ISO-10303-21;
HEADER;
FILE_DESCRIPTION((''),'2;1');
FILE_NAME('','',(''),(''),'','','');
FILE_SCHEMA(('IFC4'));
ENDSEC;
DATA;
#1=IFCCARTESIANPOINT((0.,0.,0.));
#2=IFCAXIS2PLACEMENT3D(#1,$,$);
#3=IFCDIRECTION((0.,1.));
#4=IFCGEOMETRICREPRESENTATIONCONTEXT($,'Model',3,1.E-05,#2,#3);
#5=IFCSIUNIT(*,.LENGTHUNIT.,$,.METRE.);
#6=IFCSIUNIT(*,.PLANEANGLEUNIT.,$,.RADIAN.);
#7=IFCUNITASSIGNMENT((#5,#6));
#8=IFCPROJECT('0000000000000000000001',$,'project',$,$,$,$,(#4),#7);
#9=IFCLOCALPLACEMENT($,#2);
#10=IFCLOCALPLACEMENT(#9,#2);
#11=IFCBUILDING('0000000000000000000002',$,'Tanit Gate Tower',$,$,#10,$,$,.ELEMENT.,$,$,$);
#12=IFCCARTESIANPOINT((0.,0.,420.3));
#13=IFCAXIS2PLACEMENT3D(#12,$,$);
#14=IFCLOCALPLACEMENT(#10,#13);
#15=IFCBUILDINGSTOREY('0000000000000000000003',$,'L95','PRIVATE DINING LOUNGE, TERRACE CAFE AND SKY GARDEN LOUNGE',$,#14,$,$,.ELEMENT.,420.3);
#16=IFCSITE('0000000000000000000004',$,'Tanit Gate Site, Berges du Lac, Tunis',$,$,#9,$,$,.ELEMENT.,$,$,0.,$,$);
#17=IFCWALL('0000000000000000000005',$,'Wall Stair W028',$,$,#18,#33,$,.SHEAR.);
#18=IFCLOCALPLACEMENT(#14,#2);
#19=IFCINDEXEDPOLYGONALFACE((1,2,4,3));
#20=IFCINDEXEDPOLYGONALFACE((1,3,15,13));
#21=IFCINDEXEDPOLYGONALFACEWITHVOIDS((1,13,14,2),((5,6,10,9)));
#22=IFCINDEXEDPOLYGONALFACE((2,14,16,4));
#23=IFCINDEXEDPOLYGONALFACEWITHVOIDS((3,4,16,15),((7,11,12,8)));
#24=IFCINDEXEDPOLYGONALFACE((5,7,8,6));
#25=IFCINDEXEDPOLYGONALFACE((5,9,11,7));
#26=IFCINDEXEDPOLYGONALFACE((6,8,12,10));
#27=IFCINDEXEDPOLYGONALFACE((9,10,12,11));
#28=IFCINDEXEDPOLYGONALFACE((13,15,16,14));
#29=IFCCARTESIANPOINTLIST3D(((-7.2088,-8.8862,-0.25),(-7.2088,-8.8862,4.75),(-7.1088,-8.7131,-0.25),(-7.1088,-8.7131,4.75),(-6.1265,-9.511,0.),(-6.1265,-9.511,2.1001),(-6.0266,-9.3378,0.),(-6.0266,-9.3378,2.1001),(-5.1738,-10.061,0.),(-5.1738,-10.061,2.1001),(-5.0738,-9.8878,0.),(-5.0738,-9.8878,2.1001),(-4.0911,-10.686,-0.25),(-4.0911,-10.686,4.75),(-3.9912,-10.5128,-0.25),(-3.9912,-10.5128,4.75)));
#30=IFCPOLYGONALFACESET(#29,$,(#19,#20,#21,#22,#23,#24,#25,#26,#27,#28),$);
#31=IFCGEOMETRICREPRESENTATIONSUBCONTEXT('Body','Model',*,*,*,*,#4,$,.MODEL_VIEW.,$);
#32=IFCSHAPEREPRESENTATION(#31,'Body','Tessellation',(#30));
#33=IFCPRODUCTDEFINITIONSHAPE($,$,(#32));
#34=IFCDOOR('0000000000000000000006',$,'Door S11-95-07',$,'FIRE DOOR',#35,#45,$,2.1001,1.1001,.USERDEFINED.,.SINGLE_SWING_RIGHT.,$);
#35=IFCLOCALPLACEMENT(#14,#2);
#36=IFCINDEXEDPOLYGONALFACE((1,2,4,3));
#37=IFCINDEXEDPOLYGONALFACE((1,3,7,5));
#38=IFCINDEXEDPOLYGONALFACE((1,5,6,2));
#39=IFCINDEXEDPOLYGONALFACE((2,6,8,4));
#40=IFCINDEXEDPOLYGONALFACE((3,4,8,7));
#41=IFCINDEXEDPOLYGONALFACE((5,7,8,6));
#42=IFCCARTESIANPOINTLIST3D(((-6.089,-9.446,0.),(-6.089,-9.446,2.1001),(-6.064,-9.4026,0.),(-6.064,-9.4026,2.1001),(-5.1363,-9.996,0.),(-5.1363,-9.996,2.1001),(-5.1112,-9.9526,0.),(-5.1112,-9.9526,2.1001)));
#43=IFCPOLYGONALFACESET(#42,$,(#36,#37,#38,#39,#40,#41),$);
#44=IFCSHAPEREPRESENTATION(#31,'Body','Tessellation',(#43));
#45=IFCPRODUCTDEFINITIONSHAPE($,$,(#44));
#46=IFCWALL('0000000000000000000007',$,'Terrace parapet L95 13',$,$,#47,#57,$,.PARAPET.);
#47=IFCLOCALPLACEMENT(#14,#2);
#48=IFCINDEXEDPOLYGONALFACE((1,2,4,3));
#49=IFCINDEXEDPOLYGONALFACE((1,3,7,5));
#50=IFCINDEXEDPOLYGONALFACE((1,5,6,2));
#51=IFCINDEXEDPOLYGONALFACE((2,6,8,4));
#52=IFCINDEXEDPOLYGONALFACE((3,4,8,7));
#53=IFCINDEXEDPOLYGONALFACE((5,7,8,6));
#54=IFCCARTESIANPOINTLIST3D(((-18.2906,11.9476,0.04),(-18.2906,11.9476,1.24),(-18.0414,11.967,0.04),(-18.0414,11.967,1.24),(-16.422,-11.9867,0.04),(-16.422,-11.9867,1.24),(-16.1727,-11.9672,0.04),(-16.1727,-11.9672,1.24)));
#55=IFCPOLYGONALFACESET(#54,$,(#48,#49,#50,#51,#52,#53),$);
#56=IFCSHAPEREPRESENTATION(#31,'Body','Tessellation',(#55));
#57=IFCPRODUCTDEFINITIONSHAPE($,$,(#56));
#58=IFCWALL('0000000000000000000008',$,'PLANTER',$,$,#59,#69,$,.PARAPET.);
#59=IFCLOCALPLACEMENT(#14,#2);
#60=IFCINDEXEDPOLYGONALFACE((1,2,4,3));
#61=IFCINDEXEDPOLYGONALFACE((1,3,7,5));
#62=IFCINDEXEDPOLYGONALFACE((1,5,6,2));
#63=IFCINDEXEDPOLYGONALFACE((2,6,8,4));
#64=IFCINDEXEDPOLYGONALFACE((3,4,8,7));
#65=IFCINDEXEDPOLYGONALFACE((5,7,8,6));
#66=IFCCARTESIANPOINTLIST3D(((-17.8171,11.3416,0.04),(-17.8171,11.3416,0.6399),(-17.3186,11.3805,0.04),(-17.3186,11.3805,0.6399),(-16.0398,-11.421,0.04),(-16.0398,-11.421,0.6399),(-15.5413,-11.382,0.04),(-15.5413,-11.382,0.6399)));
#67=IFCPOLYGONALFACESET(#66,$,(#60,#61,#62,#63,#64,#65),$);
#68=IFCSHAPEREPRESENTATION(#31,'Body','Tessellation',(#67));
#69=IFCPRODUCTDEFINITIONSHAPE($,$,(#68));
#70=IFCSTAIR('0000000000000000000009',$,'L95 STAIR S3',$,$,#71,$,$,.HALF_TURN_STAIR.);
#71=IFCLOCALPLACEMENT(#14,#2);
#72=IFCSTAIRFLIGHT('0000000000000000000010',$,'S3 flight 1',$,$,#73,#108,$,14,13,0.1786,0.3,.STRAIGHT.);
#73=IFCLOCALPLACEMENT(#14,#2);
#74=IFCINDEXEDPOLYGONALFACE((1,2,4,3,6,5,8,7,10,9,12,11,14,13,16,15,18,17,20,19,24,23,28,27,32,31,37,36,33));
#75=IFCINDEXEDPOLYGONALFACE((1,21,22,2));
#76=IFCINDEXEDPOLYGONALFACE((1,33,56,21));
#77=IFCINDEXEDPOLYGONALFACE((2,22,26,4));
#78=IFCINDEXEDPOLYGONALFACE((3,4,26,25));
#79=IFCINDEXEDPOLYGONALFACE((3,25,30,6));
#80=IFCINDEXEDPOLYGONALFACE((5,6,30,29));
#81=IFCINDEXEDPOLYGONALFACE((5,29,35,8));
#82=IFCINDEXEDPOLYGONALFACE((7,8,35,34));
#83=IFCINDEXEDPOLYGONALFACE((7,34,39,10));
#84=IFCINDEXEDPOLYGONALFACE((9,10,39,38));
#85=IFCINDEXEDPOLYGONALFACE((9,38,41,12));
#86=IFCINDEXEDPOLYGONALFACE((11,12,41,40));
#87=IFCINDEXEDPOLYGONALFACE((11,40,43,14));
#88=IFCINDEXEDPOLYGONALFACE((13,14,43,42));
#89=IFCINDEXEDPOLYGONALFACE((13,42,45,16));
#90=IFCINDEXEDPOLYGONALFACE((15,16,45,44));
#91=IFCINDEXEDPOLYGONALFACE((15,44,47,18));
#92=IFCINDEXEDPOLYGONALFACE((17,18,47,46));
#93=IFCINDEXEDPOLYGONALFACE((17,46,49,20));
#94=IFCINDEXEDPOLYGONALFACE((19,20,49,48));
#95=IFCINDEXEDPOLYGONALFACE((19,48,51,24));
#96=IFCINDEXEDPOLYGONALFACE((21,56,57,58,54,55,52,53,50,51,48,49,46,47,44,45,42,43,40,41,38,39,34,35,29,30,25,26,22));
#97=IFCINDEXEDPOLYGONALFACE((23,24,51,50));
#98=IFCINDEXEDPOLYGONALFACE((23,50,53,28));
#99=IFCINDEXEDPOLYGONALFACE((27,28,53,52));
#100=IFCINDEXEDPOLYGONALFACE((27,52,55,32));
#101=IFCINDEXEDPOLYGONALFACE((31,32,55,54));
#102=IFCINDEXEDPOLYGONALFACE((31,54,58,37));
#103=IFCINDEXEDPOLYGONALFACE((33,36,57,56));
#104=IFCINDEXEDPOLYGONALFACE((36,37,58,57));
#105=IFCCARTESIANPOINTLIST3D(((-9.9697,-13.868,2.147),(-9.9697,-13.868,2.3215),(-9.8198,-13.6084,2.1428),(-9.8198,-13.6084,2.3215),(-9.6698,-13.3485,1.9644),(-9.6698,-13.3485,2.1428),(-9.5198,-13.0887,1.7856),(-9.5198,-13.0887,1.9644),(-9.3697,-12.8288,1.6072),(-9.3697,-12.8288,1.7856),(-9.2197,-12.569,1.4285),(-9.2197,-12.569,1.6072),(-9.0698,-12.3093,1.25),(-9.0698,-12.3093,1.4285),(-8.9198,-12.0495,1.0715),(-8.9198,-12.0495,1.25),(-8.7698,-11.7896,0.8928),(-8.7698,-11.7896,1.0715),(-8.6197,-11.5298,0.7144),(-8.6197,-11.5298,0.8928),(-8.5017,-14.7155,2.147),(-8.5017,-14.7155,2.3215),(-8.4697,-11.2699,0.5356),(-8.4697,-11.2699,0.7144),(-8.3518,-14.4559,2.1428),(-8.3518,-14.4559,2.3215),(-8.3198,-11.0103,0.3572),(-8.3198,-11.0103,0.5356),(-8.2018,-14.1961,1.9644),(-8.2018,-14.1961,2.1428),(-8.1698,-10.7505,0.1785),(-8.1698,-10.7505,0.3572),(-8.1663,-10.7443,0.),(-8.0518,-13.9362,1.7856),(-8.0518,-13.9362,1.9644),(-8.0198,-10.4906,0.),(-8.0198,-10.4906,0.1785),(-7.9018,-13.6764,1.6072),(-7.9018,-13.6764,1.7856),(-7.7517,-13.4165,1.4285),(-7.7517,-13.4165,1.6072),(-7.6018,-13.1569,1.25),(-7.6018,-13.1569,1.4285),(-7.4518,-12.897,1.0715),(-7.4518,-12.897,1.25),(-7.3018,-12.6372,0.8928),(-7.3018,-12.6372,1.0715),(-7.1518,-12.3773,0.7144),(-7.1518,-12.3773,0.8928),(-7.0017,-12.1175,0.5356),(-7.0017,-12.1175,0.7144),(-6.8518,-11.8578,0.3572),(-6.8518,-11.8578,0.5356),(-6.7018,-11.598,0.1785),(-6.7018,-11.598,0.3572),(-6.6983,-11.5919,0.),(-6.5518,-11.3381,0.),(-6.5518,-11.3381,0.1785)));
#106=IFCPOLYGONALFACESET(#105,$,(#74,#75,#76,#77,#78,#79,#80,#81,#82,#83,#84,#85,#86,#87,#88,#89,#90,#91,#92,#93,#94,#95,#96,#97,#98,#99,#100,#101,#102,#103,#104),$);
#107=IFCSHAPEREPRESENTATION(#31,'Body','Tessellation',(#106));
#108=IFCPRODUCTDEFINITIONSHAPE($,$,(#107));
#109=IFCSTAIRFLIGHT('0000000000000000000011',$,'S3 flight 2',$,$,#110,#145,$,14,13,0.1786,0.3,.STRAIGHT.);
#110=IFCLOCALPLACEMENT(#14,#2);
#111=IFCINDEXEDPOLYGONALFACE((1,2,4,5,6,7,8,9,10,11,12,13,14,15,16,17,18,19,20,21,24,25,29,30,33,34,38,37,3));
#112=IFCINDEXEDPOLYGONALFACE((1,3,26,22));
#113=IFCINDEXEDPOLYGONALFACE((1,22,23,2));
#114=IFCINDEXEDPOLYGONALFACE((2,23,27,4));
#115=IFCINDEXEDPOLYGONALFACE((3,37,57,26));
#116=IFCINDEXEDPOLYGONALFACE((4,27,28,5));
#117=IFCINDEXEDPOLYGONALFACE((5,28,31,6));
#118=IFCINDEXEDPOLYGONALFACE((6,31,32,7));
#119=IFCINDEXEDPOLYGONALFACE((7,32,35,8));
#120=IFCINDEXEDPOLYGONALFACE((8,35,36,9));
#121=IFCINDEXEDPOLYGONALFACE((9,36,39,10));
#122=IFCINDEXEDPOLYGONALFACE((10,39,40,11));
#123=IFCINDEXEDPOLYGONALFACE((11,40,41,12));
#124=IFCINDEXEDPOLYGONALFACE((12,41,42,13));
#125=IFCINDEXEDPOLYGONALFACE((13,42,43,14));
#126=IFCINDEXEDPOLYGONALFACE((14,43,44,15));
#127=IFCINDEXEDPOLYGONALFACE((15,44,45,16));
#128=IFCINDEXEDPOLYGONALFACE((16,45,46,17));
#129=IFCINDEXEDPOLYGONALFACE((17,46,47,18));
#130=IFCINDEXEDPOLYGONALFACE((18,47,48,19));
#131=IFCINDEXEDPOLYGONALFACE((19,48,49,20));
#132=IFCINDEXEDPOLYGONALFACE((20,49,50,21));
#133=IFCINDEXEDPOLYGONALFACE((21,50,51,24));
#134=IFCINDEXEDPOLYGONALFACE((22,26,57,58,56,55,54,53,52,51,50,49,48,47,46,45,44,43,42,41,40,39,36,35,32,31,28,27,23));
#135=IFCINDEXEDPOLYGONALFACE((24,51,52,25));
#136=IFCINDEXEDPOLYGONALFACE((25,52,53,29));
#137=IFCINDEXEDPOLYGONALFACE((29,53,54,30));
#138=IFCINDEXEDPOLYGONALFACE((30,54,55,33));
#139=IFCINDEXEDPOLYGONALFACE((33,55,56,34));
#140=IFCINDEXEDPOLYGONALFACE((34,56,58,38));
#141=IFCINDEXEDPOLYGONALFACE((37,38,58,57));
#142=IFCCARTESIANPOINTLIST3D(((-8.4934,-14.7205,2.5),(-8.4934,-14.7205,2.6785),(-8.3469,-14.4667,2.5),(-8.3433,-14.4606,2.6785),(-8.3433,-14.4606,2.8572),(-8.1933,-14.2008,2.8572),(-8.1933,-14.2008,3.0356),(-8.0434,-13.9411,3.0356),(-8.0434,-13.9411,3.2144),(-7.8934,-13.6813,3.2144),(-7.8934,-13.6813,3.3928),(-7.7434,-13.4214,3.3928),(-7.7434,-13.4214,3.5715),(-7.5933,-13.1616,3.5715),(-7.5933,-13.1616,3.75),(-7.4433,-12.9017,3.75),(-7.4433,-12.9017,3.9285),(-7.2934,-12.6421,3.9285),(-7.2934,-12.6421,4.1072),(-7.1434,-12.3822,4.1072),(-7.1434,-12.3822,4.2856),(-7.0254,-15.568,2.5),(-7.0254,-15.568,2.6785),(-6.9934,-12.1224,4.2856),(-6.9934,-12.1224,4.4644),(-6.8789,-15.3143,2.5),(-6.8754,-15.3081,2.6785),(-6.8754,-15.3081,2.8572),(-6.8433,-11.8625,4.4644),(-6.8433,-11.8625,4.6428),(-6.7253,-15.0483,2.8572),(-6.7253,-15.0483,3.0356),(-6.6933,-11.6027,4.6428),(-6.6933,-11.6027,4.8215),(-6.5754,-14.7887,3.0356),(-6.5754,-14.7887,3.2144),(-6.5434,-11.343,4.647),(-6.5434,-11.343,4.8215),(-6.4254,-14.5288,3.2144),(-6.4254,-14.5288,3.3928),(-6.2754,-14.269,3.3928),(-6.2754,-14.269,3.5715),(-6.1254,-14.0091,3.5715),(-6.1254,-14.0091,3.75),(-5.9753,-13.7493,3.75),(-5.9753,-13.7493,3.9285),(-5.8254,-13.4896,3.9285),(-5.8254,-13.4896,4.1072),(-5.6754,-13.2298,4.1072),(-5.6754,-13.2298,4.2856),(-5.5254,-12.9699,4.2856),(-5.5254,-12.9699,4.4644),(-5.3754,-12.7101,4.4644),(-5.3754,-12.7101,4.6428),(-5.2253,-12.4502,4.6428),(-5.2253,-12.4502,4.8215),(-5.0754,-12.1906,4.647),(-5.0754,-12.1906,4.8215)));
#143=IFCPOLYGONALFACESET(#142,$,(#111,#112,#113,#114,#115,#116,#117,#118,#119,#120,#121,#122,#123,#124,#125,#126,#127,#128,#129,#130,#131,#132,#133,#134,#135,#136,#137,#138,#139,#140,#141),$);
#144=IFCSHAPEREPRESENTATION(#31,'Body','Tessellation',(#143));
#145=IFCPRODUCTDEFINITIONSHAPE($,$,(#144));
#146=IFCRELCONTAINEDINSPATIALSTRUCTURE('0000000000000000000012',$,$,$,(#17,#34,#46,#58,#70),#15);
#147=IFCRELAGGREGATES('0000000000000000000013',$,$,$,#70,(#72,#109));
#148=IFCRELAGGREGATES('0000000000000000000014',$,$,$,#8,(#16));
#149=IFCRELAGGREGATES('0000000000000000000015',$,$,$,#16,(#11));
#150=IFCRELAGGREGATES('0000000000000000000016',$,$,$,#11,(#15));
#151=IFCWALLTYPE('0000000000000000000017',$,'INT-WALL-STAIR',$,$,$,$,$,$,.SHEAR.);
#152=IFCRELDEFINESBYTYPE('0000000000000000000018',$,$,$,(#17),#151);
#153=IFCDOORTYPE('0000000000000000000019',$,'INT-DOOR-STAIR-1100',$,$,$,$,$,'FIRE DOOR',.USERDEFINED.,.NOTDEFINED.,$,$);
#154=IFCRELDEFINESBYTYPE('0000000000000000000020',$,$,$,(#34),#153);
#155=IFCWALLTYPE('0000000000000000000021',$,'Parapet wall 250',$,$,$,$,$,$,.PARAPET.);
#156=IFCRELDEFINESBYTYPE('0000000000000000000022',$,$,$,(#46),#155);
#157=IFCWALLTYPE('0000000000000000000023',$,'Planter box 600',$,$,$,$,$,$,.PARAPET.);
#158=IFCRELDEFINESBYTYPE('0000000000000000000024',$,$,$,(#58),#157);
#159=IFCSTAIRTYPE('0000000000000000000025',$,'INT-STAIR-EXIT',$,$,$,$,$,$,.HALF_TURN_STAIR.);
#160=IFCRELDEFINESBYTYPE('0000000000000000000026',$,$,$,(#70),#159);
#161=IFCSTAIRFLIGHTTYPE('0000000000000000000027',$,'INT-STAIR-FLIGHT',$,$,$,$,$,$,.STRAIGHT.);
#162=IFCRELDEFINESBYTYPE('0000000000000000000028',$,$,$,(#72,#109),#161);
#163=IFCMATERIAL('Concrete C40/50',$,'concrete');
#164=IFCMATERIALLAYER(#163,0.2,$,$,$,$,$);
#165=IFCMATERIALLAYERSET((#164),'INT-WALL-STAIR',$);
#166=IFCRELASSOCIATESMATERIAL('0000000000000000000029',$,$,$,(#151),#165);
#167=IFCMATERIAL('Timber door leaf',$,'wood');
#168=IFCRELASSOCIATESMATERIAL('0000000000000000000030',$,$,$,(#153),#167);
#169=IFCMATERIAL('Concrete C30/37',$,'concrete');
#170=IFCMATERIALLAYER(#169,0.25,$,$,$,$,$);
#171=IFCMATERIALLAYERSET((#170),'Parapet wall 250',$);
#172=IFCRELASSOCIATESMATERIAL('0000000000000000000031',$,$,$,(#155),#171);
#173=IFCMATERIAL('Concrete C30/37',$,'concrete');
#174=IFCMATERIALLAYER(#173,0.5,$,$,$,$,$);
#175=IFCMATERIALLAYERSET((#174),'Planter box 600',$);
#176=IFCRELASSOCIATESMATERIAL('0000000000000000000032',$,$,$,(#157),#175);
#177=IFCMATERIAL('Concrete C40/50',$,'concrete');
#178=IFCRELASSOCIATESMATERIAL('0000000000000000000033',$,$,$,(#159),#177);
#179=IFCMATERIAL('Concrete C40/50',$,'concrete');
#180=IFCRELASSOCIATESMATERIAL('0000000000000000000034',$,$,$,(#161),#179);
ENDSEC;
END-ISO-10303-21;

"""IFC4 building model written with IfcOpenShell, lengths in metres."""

from ifc_helpers import new_model, si_unit, direction, frame, frame_2d, origin, place, context, subcontext, project, spatial, polyline, rectangle, outline, extrude, material, layer, layer_set, type_object, element, fill, aggregate, save


model = new_model("IFC4")

# Units and contexts
model_context = context("Model", 3, precision=1e-05, world=origin(), true_north=direction((0.0, 1.0)))
body_context = subcontext(model_context, "Body", "Model", "MODEL_VIEW")
ifc_project = project(units=[si_unit("LENGTHUNIT", "METRE"), si_unit("PLANEANGLEUNIT", "RADIAN")], contexts=[model_context])

# Site, building, storey
site_placement = place(None, origin())
site = spatial("IfcSite", under=ifc_project, at=site_placement, Name="Tanit Gate Site, Berges du Lac, Tunis", CompositionType="ELEMENT", RefElevation=0.0)
building_placement = place(site_placement, origin())
building = spatial("IfcBuilding", under=site, at=building_placement, Name="Tanit Gate Tower", CompositionType="ELEMENT")
storey_placement = place(building_placement, frame((0.0, 0.0, 420.3)))
storey = spatial("IfcBuildingStorey", under=building, at=storey_placement, Name="L95", Description="PRIVATE DINING LOUNGE, TERRACE CAFE AND SKY GARDEN LOUNGE", CompositionType="ELEMENT", Elevation=420.3)

# Shared definitions
ifc_material_1 = material(Name="Concrete C40/50", Category="concrete")
ifc_layer_1 = layer(ifc_material_1, 0.2)
ifc_layer_set_1 = layer_set([ifc_layer_1], Name="INT-WALL-STAIR")
wall_type_1 = type_object("IfcWallType", Name="INT-WALL-STAIR", PredefinedType="SHEAR", material=ifc_layer_set_1)

# Wall, opening, door
wall_1_placement = place(storey_placement, frame((-4.0413, -10.5994, -0.25), z_axis=(0.0, 0.0, 1.0), x_axis=(-0.866048, 0.499961, 0.0)))
wall_1 = element("IfcWall", 1, at=wall_1_placement, inside=storey, type_object=wall_type_1, Name="Wall Stair W028", PredefinedType="SHEAR", context=body_context, shape_type="SweptSolid", body=[
    extrude(rectangle(XDim=3.5999, YDim=0.2, at=frame_2d((1.7998, 0.0))), origin(), (0.0, 0.0, 1.0), 5.0),
])
opening_1_placement = place(wall_1_placement, frame((1.25, 0.0, 0.25)))
opening_1 = element("IfcOpeningElement", 2, at=opening_1_placement, cuts=wall_1, PredefinedType="OPENING", context=body_context, shape_type="SweptSolid", body=[
    extrude(rectangle(XDim=1.1001, YDim=2.1001, at=frame_2d((0.55, 1.05))), frame((0.0, 0.1099, 0.0), z_axis=(0.0, -1.0, 0.0), x_axis=(1.0, 0.0, 0.0)), (0.0, 0.0, 1.0), 0.22),
])
ifc_material_2 = material(Name="Timber door leaf", Category="wood")
door_type_1 = type_object("IfcDoorType", Name="INT-DOOR-STAIR-1100", ElementType="FIRE DOOR", OperationType="NOTDEFINED", PredefinedType="USERDEFINED", material=ifc_material_2)
door_1_placement = place(opening_1_placement, origin())
door_1 = element("IfcDoor", 3, at=door_1_placement, inside=storey, type_object=door_type_1, Name="Door S11-95-07", ObjectType="FIRE DOOR", OperationType="SINGLE_SWING_RIGHT", OverallHeight=2.1001, OverallWidth=1.1001, PredefinedType="USERDEFINED", context=body_context, shape_type="SweptSolid", body=[
    extrude(rectangle(XDim=1.1001, YDim=2.1001, at=frame_2d((0.55, 1.05))), frame((0.0, 0.0249, 0.0), z_axis=(0.0, -1.0, 0.0), x_axis=(1.0, 0.0, 0.0)), (0.0, 0.0, 1.0), 0.05),
])
fill(opening_1, door_1)

# Walls
ifc_material_3 = material(Name="Concrete C30/37", Category="concrete")
ifc_layer_2 = layer(ifc_material_3, 0.25)
ifc_layer_set_2 = layer_set([ifc_layer_2], Name="Parapet wall 250")
wall_type_2 = type_object("IfcWallType", Name="Parapet wall 250", PredefinedType="PARAPET", material=ifc_layer_set_2)
wall_2_placement = place(storey_placement, frame((-16.2974, -11.9768, 0.04), z_axis=(0.0, 0.0, 1.0), x_axis=(-0.077837, 0.996966, 0.0)))
element("IfcWall", 4, at=wall_2_placement, inside=storey, type_object=wall_type_2, Name="Terrace parapet L95 13", PredefinedType="PARAPET", context=body_context, shape_type="SweptSolid", body=[
    extrude(rectangle(XDim=24.0071, YDim=0.25, at=frame_2d((12.0034, 0.0))), origin(), (0.0, 0.0, 1.0), 1.2),
])
ifc_material_4 = material(Name="Concrete C30/37", Category="concrete")
ifc_layer_3 = layer(ifc_material_4, 0.5)
ifc_layer_set_3 = layer_set([ifc_layer_3], Name="Planter box 600")
wall_type_3 = type_object("IfcWallType", Name="Planter box 600", PredefinedType="PARAPET", material=ifc_layer_set_3)
wall_3_placement = place(storey_placement, frame((-15.7905, -11.4016, 0.04), z_axis=(0.0, 0.0, 1.0), x_axis=(-0.077845, 0.996965, 0.0)))
element("IfcWall", 5, at=wall_3_placement, inside=storey, type_object=wall_type_3, Name="PLANTER", PredefinedType="PARAPET", context=body_context, shape_type="SweptSolid", body=[
    extrude(rectangle(XDim=22.8318, YDim=0.5, at=frame_2d((11.416, 0.0))), origin(), (0.0, 0.0, 1.0), 0.5999),
])

# Stair, stair flights
ifc_material_5 = material(Name="Concrete C40/50", Category="concrete")
stair_type = type_object("IfcStairType", Name="INT-STAIR-EXIT", PredefinedType="HALF_TURN_STAIR", material=ifc_material_5)
stair_placement = place(storey_placement, origin())
stair = element("IfcStair", 6, at=stair_placement, inside=storey, type_object=stair_type, Name="L95 STAIR S3", PredefinedType="HALF_TURN_STAIR")
ifc_material_6 = material(Name="Concrete C40/50", Category="concrete")
stair_flight_type = type_object("IfcStairFlightType", Name="INT-STAIR-FLIGHT", PredefinedType="STRAIGHT", material=ifc_material_6)
stair_flight_1_placement = place(storey_placement, frame((-7.2859, -10.9143, 0.0), z_axis=(0.0, 0.0, 1.0), x_axis=(-0.5, -0.866025, 0.0)))
stair_flight_1 = element("IfcStairFlight", 7, at=stair_flight_1_placement, type_object=stair_flight_type, Name="S3 flight 1", NumberOfRisers=14, NumberOfTreads=13, PredefinedType="STRAIGHT", RiserHeight=0.1786, TreadLength=0.3, context=body_context, shape_type="SweptSolid", body=[
    extrude(outline(polyline([(0.0, 0.0), (0.0, 0.1785), (0.3, 0.1785), (0.3, 0.3572), (0.6001, 0.3572), (0.6001, 0.5356), (0.8999, 0.5356), (0.8999, 0.7144), (1.2, 0.7144), (1.2, 0.8928), (1.5, 0.8928), (1.5, 1.0715), (1.8, 1.0715), (1.8, 1.25), (2.1001, 1.25), (2.1001, 1.4285), (2.3999, 1.4285), (2.3999, 1.6072), (2.7, 1.6072), (2.7, 1.7856), (3.0, 1.7856), (3.0, 1.9644), (3.3, 1.9644), (3.3, 2.1428), (3.6001, 2.1428), (3.6001, 2.3215), (3.8999, 2.3215), (3.8999, 2.5), (3.8999, 2.147), (0.293, 0.0), (0.0, 0.0)])), frame((0.0, 0.8477, 0.0), z_axis=(0.0, -1.0, 0.0), x_axis=(1.0, 0.0, 0.0)), (0.0, 0.0, 1.0), 1.6951),
])
stair_flight_2_placement = place(storey_placement, frame((-7.7593, -15.1443, 2.5), z_axis=(0.0, 0.0, 1.0), x_axis=(0.5, 0.866025, 0.0)))
stair_flight_2 = element("IfcStairFlight", 8, at=stair_flight_2_placement, type_object=stair_flight_type, Name="S3 flight 2", NumberOfRisers=14, NumberOfTreads=13, PredefinedType="STRAIGHT", RiserHeight=0.1786, TreadLength=0.3, context=body_context, shape_type="SweptSolid", body=[
    extrude(outline(polyline([(0.0, 0.0), (0.0, 0.1785), (0.3, 0.1785), (0.3, 0.3572), (0.6001, 0.3572), (0.6001, 0.5356), (0.8999, 0.5356), (0.8999, 0.7144), (1.2, 0.7144), (1.2, 0.8928), (1.5, 0.8928), (1.5, 1.0715), (1.8, 1.0715), (1.8, 1.25), (2.1001, 1.25), (2.1001, 1.4285), (2.3999, 1.4285), (2.3999, 1.6072), (2.7, 1.6072), (2.7, 1.7856), (3.0, 1.7856), (3.0, 1.9644), (3.3, 1.9644), (3.3, 2.1428), (3.6001, 2.1428), (3.6001, 2.3215), (3.8999, 2.3215), (3.8999, 2.5), (3.8999, 2.147), (0.293, 0.0), (0.0, 0.0)])), frame((0.0, 0.8477, 0.0), z_axis=(0.0, -1.0, 0.0), x_axis=(1.0, 0.0, 0.0)), (0.0, 0.0, 1.0), 1.6951),
])
aggregate(stair, [stair_flight_1, stair_flight_2])

save(model, "model.ifc")
